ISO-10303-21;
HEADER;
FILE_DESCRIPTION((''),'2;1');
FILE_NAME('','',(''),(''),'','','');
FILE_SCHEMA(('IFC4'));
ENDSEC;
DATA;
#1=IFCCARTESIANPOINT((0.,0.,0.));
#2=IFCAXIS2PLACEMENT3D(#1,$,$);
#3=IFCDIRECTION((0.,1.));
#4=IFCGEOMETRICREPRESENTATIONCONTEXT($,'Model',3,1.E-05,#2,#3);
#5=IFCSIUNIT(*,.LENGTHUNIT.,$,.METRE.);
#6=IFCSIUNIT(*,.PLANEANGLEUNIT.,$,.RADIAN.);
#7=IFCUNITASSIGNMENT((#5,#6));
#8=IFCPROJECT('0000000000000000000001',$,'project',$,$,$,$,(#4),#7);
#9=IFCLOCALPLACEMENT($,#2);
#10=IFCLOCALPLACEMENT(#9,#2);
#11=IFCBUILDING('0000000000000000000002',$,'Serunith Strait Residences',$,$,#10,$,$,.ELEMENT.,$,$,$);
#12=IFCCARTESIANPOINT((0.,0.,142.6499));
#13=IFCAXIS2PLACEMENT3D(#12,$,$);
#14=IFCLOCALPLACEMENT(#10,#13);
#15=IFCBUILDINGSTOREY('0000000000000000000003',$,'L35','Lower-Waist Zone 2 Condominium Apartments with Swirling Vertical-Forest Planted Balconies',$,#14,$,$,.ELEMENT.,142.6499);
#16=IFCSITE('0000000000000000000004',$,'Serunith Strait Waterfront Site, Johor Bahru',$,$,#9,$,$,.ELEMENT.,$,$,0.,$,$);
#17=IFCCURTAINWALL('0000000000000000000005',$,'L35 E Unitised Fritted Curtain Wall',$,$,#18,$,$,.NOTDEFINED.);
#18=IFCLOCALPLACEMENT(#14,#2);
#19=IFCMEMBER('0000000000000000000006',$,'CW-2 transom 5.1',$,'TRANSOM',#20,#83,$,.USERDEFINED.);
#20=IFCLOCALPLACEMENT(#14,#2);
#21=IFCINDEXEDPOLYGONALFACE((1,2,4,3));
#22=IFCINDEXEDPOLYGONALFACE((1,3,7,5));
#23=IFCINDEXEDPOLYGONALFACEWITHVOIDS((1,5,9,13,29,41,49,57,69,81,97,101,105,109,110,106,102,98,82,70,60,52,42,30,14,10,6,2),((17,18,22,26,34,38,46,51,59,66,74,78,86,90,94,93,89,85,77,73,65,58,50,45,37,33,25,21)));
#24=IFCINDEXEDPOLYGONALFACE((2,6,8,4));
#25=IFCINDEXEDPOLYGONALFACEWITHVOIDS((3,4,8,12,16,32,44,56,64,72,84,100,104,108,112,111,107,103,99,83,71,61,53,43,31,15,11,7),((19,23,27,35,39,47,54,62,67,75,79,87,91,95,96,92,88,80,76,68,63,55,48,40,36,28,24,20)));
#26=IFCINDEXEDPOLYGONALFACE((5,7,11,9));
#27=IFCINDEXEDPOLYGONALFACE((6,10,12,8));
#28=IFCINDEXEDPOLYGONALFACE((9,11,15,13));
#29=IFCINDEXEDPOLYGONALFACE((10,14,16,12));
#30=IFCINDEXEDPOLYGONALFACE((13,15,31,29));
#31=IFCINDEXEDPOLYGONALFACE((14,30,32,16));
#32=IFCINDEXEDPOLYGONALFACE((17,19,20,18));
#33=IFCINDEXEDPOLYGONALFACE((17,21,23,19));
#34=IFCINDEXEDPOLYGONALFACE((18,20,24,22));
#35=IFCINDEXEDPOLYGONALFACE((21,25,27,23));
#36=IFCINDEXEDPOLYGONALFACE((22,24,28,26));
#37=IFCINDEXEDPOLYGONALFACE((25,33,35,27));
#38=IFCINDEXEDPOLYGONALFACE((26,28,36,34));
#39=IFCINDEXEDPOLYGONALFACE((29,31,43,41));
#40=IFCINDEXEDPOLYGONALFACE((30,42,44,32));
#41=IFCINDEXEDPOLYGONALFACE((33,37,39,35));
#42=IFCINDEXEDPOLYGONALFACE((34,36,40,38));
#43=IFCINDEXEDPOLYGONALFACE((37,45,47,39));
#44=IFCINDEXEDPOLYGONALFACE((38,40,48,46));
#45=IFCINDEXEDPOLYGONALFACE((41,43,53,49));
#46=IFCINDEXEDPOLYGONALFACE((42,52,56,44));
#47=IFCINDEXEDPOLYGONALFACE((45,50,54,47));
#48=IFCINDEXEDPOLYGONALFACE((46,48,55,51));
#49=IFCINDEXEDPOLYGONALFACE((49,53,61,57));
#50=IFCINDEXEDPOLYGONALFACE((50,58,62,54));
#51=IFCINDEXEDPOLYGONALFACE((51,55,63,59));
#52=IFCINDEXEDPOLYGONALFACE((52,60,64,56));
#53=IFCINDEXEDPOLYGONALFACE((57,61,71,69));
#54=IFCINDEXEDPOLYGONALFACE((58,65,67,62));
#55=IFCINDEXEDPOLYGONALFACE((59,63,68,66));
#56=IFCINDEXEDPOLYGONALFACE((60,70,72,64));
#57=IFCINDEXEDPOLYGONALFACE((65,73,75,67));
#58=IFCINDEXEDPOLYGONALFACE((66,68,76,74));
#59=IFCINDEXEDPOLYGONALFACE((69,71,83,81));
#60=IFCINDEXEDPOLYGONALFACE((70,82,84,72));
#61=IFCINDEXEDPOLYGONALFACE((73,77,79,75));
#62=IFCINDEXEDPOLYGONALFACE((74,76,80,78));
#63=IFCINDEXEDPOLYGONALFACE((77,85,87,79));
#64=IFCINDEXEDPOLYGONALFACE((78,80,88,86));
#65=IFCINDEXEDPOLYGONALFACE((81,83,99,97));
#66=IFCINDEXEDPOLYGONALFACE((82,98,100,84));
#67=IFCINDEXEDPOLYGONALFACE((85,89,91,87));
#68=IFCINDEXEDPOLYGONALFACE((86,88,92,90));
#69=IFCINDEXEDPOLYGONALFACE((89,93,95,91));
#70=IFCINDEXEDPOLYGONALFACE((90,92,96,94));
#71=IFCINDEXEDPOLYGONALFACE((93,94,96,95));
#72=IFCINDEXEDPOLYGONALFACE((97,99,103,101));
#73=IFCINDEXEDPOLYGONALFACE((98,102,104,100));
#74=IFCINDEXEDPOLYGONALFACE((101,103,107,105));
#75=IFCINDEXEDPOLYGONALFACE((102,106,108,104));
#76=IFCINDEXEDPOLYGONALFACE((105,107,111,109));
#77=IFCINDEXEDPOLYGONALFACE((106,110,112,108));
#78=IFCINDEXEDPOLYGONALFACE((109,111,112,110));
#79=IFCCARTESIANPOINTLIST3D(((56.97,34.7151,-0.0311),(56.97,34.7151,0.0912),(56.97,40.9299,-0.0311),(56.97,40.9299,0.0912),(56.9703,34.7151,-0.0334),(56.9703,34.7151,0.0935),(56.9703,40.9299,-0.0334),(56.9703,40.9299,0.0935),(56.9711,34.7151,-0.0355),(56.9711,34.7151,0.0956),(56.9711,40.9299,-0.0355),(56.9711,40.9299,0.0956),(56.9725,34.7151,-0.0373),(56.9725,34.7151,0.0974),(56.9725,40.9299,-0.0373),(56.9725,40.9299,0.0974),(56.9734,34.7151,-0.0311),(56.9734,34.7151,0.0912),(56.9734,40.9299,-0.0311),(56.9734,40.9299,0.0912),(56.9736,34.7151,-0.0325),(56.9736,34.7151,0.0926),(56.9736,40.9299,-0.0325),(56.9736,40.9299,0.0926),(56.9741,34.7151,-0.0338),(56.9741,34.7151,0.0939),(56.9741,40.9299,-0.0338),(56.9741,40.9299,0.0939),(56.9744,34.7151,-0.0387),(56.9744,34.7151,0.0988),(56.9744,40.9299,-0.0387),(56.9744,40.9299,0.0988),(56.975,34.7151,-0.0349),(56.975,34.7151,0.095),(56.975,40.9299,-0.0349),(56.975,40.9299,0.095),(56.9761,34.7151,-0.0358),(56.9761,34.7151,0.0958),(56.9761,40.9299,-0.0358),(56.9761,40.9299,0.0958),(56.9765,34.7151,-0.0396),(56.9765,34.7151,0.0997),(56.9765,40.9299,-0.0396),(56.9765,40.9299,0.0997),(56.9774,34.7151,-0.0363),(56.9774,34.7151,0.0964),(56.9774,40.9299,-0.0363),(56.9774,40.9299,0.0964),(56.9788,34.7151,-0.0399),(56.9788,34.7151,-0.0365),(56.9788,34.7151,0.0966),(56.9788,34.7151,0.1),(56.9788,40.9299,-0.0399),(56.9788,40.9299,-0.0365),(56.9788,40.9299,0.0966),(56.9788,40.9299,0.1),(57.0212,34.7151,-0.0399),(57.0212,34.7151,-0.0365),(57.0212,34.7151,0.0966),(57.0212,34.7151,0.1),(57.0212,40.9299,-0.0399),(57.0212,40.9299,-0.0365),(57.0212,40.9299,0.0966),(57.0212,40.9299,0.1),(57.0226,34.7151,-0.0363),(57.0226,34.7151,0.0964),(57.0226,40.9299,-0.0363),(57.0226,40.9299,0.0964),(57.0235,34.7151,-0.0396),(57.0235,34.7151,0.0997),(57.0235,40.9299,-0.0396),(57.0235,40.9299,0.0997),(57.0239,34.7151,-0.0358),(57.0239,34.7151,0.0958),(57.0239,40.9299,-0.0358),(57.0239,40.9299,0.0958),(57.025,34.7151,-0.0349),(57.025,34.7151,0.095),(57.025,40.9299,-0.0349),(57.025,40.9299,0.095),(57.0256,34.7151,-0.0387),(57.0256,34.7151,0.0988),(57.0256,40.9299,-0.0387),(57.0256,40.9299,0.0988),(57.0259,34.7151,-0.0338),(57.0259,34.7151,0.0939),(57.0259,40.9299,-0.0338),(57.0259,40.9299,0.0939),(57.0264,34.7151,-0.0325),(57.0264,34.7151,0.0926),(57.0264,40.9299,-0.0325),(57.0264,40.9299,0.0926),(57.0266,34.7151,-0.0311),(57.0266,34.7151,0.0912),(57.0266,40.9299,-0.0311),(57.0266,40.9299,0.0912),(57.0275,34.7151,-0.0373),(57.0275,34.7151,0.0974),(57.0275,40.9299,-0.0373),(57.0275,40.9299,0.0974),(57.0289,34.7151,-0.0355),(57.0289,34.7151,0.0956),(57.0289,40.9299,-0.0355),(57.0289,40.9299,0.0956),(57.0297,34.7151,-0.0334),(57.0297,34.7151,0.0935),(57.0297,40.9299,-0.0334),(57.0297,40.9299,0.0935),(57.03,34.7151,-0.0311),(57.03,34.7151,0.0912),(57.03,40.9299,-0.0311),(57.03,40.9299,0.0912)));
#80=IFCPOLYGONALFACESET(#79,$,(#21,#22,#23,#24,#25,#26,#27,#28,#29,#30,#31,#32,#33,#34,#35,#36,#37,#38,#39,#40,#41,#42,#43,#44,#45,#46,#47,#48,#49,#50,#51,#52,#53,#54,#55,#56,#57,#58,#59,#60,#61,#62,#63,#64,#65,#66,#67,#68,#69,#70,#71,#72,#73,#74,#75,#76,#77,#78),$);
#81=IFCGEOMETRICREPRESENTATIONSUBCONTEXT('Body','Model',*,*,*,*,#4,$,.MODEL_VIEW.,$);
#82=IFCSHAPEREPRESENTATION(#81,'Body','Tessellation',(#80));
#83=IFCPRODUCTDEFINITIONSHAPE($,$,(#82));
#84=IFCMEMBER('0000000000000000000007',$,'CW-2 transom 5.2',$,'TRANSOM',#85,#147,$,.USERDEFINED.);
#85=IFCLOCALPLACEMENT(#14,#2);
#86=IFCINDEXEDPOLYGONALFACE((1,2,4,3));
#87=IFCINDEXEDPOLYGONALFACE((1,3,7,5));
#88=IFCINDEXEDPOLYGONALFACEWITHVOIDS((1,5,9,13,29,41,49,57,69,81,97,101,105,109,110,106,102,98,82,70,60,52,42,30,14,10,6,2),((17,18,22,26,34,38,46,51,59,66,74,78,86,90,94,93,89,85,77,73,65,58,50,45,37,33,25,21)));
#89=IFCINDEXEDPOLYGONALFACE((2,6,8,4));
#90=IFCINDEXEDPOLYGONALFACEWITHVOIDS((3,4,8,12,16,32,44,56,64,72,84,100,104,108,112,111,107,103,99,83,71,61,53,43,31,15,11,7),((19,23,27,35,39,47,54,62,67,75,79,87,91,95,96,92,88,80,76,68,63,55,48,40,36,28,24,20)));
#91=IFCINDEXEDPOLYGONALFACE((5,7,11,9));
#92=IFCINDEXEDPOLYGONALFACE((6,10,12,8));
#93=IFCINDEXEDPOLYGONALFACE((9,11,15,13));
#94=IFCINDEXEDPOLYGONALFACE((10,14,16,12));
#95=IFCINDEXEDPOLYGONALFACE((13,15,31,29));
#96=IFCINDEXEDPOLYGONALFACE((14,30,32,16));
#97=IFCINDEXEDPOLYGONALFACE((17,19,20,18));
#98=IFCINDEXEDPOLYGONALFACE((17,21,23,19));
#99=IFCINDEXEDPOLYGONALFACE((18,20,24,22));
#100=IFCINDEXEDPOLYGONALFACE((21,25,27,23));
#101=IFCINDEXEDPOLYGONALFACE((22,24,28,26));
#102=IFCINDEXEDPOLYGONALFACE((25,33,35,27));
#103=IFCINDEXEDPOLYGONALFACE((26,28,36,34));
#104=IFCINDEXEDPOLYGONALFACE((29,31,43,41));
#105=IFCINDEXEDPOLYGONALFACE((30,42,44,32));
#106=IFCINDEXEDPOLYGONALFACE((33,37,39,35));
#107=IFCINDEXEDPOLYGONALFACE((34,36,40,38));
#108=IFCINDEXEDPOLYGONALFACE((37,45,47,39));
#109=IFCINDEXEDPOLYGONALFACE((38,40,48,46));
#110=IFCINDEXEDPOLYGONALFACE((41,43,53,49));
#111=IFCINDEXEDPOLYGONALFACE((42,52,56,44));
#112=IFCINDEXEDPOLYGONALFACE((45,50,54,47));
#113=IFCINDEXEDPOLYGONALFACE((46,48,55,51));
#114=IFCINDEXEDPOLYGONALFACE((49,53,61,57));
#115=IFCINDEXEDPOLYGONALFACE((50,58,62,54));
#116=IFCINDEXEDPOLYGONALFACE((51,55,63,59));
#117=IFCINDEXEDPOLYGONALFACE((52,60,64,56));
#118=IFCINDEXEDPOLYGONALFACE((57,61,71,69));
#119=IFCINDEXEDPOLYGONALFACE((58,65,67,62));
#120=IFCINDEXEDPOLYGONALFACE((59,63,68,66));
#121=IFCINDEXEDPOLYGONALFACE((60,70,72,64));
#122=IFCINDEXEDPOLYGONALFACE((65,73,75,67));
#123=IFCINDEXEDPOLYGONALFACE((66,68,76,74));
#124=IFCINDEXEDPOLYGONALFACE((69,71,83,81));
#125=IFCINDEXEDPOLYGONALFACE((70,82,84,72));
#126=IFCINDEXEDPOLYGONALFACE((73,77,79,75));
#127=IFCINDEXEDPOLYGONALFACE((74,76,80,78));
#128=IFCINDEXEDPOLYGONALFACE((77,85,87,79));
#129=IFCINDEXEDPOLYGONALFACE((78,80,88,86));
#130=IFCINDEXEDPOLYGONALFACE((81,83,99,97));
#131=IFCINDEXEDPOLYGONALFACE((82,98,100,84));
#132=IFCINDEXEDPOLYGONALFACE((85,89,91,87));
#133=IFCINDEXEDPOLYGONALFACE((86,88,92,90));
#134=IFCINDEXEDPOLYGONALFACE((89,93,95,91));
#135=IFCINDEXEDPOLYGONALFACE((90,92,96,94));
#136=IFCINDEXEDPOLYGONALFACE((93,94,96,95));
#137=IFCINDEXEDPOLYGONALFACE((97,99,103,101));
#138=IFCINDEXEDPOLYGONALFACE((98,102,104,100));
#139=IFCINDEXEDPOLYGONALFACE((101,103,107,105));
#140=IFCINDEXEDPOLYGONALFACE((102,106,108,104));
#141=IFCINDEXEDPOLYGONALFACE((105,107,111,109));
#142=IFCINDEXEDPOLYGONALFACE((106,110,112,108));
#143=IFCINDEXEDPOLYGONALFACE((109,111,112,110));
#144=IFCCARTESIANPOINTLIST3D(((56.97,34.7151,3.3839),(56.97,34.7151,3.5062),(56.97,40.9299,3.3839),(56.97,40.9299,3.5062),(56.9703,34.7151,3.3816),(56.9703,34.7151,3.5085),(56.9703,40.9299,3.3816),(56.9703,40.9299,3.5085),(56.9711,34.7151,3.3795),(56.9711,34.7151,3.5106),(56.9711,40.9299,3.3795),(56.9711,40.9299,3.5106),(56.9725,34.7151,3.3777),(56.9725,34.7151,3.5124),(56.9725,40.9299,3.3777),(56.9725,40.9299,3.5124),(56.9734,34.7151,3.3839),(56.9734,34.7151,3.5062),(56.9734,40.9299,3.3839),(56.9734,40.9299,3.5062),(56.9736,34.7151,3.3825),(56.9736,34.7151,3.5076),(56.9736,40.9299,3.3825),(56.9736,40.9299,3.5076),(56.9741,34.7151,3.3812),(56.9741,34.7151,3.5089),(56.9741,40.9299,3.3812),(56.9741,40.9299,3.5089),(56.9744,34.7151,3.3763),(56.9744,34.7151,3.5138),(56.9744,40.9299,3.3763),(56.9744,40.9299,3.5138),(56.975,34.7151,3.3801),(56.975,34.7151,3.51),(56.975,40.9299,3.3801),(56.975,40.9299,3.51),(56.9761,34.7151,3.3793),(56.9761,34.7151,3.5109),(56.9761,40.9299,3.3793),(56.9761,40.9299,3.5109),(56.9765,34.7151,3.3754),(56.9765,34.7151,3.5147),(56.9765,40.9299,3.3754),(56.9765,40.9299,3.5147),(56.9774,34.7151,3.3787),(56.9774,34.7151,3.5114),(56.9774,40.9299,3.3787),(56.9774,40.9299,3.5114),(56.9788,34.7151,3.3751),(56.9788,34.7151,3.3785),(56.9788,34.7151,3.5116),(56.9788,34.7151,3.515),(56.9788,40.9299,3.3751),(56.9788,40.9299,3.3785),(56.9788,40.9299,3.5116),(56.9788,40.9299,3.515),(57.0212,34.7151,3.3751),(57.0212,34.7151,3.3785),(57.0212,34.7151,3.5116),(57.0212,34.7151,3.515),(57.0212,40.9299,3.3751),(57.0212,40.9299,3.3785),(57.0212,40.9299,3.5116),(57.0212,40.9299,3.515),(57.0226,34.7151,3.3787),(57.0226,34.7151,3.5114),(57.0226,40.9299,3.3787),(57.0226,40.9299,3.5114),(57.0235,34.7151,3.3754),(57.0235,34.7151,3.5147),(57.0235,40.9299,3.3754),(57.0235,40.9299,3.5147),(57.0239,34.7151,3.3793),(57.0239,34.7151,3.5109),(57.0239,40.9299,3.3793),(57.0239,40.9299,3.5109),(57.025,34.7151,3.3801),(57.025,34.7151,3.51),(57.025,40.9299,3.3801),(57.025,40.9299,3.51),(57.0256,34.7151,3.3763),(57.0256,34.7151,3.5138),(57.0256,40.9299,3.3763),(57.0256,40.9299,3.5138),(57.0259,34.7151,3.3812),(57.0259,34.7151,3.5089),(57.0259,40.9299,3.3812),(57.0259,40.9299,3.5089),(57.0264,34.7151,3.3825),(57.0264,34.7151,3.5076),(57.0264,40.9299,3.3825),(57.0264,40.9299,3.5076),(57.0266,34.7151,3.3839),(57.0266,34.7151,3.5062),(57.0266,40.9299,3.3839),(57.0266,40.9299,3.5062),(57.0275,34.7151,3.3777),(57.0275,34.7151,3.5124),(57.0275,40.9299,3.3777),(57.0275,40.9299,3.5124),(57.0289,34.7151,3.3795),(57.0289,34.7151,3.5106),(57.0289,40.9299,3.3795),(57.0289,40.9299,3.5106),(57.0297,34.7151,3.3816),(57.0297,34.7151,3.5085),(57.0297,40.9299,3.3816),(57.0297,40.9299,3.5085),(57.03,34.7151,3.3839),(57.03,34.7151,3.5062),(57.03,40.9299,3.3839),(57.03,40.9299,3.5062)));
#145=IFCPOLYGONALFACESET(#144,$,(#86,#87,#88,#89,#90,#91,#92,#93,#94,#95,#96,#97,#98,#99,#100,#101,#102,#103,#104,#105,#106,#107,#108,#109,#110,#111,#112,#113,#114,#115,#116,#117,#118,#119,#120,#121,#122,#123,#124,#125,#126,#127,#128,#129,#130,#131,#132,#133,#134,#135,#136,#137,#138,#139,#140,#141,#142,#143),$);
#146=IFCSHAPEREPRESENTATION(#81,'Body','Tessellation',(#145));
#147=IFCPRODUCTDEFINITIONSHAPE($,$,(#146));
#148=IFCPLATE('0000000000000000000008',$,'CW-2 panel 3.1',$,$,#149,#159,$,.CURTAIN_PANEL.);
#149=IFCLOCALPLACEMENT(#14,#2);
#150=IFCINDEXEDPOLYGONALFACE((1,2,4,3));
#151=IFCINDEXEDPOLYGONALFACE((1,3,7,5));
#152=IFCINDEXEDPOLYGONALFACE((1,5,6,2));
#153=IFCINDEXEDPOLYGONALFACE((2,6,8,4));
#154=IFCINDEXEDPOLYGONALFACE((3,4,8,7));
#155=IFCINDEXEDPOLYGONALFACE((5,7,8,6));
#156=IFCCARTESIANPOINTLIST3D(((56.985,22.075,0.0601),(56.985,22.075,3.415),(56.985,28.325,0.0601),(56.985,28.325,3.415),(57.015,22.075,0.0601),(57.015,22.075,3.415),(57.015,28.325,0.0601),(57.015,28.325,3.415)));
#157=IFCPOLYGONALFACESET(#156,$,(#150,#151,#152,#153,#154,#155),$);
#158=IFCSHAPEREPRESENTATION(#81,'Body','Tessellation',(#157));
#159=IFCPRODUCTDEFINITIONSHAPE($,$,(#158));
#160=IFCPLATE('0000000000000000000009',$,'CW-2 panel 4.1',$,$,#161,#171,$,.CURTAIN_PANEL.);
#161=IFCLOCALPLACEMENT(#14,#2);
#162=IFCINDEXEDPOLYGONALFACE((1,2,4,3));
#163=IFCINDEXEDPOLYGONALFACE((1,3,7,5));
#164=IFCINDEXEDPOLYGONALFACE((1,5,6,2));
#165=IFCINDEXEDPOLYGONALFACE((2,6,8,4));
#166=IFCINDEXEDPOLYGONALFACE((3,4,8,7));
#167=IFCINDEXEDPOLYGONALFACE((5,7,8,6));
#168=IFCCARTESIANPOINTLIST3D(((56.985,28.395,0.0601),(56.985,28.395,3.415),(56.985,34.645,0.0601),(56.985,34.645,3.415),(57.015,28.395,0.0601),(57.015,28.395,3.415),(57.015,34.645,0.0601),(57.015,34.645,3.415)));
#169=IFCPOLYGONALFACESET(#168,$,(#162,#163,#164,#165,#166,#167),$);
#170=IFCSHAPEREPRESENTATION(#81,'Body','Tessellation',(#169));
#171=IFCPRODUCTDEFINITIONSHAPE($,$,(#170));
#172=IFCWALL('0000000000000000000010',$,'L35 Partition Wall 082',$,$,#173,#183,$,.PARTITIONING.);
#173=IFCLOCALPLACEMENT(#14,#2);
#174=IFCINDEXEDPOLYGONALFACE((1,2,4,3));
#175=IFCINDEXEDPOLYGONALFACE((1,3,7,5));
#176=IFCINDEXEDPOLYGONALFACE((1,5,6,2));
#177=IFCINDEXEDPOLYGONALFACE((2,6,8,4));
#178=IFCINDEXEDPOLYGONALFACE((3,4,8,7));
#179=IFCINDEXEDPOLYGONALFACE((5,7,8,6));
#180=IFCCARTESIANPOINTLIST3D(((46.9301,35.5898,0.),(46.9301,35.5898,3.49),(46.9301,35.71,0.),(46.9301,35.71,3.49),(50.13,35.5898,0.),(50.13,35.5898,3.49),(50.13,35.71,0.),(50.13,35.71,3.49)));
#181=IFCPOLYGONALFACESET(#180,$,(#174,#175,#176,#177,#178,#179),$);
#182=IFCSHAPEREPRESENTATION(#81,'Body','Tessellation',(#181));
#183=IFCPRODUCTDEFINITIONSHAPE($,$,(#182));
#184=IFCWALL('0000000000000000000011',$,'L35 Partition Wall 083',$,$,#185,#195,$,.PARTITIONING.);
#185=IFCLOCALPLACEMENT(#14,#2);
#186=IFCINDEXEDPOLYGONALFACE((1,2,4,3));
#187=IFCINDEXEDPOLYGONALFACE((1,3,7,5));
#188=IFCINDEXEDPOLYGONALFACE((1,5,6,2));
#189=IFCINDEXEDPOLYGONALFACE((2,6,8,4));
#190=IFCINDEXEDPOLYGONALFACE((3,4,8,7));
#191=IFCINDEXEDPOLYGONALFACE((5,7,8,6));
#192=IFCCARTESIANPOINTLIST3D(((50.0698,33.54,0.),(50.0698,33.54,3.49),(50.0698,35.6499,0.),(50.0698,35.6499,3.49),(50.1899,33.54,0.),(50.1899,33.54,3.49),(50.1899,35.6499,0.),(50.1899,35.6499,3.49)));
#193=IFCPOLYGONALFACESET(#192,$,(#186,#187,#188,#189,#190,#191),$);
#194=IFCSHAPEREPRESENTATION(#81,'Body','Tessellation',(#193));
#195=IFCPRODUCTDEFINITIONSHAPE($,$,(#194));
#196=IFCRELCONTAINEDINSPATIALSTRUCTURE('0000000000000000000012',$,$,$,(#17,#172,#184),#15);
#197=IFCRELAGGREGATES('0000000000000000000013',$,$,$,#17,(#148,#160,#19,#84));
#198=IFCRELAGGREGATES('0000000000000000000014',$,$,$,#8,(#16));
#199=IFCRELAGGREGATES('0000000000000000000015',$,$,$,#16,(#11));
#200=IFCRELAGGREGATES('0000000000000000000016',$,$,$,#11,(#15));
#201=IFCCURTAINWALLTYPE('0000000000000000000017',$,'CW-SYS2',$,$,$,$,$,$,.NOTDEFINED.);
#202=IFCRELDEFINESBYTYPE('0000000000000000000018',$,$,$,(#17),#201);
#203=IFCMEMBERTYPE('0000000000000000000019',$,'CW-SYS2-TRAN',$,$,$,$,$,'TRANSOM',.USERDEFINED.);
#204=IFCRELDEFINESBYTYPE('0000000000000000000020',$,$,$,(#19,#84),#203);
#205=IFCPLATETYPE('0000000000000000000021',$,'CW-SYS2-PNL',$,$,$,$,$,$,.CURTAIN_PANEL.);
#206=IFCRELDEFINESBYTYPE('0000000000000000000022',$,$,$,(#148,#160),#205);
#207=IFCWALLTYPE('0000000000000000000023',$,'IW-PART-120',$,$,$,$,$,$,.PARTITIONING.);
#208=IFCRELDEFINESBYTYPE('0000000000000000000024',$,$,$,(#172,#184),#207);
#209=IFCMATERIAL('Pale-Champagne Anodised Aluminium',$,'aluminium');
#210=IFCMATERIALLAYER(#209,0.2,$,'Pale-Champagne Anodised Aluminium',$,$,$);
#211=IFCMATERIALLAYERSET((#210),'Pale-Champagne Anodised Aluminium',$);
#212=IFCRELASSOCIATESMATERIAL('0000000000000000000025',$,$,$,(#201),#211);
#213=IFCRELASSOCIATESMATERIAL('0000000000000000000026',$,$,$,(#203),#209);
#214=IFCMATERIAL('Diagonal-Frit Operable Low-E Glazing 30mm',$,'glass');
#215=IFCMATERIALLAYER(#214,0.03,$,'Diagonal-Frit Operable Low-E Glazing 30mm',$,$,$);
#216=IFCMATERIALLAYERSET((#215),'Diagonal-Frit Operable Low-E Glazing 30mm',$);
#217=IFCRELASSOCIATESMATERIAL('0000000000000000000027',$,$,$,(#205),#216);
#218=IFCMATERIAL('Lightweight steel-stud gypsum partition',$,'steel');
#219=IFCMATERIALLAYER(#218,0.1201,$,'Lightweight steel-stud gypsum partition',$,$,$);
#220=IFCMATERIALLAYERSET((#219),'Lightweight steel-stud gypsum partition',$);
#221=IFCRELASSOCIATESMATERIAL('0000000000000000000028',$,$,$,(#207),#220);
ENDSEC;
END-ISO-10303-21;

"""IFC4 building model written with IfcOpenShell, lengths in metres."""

from ifc_helpers import new_model, si_unit, direction, frame, frame_2d, origin, origin_2d, place, context, subcontext, project, spatial, rectangle, hollow_rectangle, extrude, source, transform, mapped, material, layer, layer_set, material_profile, profile_set, type_object, element, aggregate, save


model = new_model("IFC4")

# Units and contexts
model_context = context("Model", 3, precision=1e-05, world=origin(), true_north=direction((0.0, 1.0)))
body_context = subcontext(model_context, "Body", "Model", "MODEL_VIEW")
ifc_project = project(units=[si_unit("LENGTHUNIT", "METRE"), si_unit("PLANEANGLEUNIT", "RADIAN")], contexts=[model_context])

# Site, building, storey
site_placement = place(None, origin())
site = spatial("IfcSite", under=ifc_project, at=site_placement, Name="Serunith Strait Waterfront Site, Johor Bahru", CompositionType="ELEMENT", RefElevation=0.0)
building_placement = place(site_placement, origin())
building = spatial("IfcBuilding", under=site, at=building_placement, Name="Serunith Strait Residences", CompositionType="ELEMENT")
storey_placement = place(building_placement, frame((0.0, 0.0, 142.6499)))
storey = spatial("IfcBuildingStorey", under=building, at=storey_placement, Name="L35", Description="Lower-Waist Zone 2 Condominium Apartments with Swirling Vertical-Forest Planted Balconies", CompositionType="ELEMENT", Elevation=142.6499)

# Curtain wall, members, plates
ifc_material_1 = material(Name="Pale-Champagne Anodised Aluminium", Category="aluminium")
ifc_layer_1 = layer(ifc_material_1, 0.2, Name="Pale-Champagne Anodised Aluminium")
ifc_layer_set_1 = layer_set([ifc_layer_1], Name="Pale-Champagne Anodised Aluminium")
curtain_wall_type = type_object("IfcCurtainWallType", Name="CW-SYS2", PredefinedType="NOTDEFINED", material=ifc_layer_set_1)
curtain_wall_placement = place(storey_placement, origin())
curtain_wall = element("IfcCurtainWall", 1, at=curtain_wall_placement, inside=storey, type_object=curtain_wall_type, Name="L35 E Unitised Fritted Curtain Wall", PredefinedType="NOTDEFINED")
ifc_material_profile_1 = material_profile(ifc_material_1, hollow_rectangle(XDim=0.0601, YDim=0.1399, WallThickness=0.0034, InnerFilletRadius=0.0054, OuterFilletRadius=0.0088, at=origin_2d()), Name="ALU 140x60x3.5")
ifc_profile_set_1 = profile_set([ifc_material_profile_1], Name="Pale-Champagne Anodised Aluminium")
member_type_1 = type_object("IfcMemberType", Name="CW-SYS2-TRAN", ElementType="TRANSOM", PredefinedType="USERDEFINED", material=ifc_profile_set_1)
shared_shape_1 = source(origin(), body_context, "Body", "SweptSolid", [
    extrude(hollow_rectangle(XDim=0.0601, YDim=0.1399, WallThickness=0.0034, InnerFilletRadius=0.0054, OuterFilletRadius=0.0088, at=origin_2d()), origin(), (0.0, 0.0, 1.0), 6.2148),
])
member_1_placement = place(storey_placement, frame((57.0, 34.7151, 0.03), z_axis=(0.0, 1.0, 0.0), x_axis=(-1.0, 0.0, 0.0)))
member_1 = element("IfcMember", 2, at=member_1_placement, type_object=member_type_1, Name="CW-2 transom 5.1", ObjectType="TRANSOM", PredefinedType="USERDEFINED", context=body_context, shape_type="MappedRepresentation", body=[
    mapped(shared_shape_1, transform((0.0, 0.0, 0.0), scale=1.0)),
])
member_2_placement = place(storey_placement, frame((57.0, 34.7151, 3.4451), z_axis=(0.0, 1.0, 0.0), x_axis=(-1.0, 0.0, 0.0)))
member_2 = element("IfcMember", 3, at=member_2_placement, type_object=member_type_1, Name="CW-2 transom 5.2", ObjectType="TRANSOM", PredefinedType="USERDEFINED", context=body_context, shape_type="MappedRepresentation", body=[
    mapped(shared_shape_1, transform((0.0, 0.0, 0.0), scale=1.0)),
])
ifc_material_2 = material(Name="Diagonal-Frit Operable Low-E Glazing 30mm", Category="glass")
ifc_layer_2 = layer(ifc_material_2, 0.03, Name="Diagonal-Frit Operable Low-E Glazing 30mm")
ifc_layer_set_2 = layer_set([ifc_layer_2], Name="Diagonal-Frit Operable Low-E Glazing 30mm")
plate_type = type_object("IfcPlateType", Name="CW-SYS2-PNL", PredefinedType="CURTAIN_PANEL", material=ifc_layer_set_2)
shared_shape_2 = source(origin(), body_context, "Body", "SweptSolid", [
    extrude(rectangle(XDim=6.25, YDim=0.03, at=origin_2d()), origin(), (0.0, 0.0, 1.0), 3.355),
])
plate_1_placement = place(storey_placement, frame((57.0, 25.2, 0.0601), z_axis=(0.0, 0.0, 1.0), x_axis=(0.0, 1.0, 0.0)))
plate_1 = element("IfcPlate", 4, at=plate_1_placement, type_object=plate_type, Name="CW-2 panel 3.1", PredefinedType="CURTAIN_PANEL", context=body_context, shape_type="MappedRepresentation", body=[
    mapped(shared_shape_2, transform((0.0, 0.0, 0.0), scale=1.0)),
])
plate_2_placement = place(storey_placement, frame((57.0, 31.52, 0.0601), z_axis=(0.0, 0.0, 1.0), x_axis=(0.0, 1.0, 0.0)))
plate_2 = element("IfcPlate", 5, at=plate_2_placement, type_object=plate_type, Name="CW-2 panel 4.1", PredefinedType="CURTAIN_PANEL", context=body_context, shape_type="MappedRepresentation", body=[
    mapped(shared_shape_2, transform((0.0, 0.0, 0.0), scale=1.0)),
])
aggregate(curtain_wall, [plate_1, plate_2, member_1, member_2])

# Walls
ifc_material_3 = material(Name="Lightweight steel-stud gypsum partition", Category="steel")
ifc_layer_3 = layer(ifc_material_3, 0.1201, Name="Lightweight steel-stud gypsum partition")
ifc_layer_set_3 = layer_set([ifc_layer_3], Name="Lightweight steel-stud gypsum partition")
wall_type_1 = type_object("IfcWallType", Name="IW-PART-120", PredefinedType="PARTITIONING", material=ifc_layer_set_3)
wall_1_placement = place(storey_placement, frame((46.9299, 35.6499, 0.0), z_axis=(0.0, 0.0, 1.0), x_axis=(1.0, 0.0, 0.0)))
element("IfcWall", 6, at=wall_1_placement, inside=storey, type_object=wall_type_1, Name="L35 Partition Wall 082", PredefinedType="PARTITIONING", context=body_context, shape_type="SweptSolid", body=[
    extrude(rectangle(XDim=3.2, YDim=0.1201, at=frame_2d((1.6001, 0.0))), origin(), (0.0, 0.0, 1.0), 3.49),
])
wall_2_placement = place(storey_placement, frame((50.1299, 35.6499, 0.0), z_axis=(0.0, 0.0, 1.0), x_axis=(0.0, -1.0, 0.0)))
element("IfcWall", 7, at=wall_2_placement, inside=storey, type_object=wall_type_1, Name="L35 Partition Wall 083", PredefinedType="PARTITIONING", context=body_context, shape_type="SweptSolid", body=[
    extrude(rectangle(XDim=2.1099, YDim=0.1201, at=frame_2d((1.0549, 0.0))), origin(), (0.0, 0.0, 1.0), 3.49),
])

save(model, "model.ifc")
